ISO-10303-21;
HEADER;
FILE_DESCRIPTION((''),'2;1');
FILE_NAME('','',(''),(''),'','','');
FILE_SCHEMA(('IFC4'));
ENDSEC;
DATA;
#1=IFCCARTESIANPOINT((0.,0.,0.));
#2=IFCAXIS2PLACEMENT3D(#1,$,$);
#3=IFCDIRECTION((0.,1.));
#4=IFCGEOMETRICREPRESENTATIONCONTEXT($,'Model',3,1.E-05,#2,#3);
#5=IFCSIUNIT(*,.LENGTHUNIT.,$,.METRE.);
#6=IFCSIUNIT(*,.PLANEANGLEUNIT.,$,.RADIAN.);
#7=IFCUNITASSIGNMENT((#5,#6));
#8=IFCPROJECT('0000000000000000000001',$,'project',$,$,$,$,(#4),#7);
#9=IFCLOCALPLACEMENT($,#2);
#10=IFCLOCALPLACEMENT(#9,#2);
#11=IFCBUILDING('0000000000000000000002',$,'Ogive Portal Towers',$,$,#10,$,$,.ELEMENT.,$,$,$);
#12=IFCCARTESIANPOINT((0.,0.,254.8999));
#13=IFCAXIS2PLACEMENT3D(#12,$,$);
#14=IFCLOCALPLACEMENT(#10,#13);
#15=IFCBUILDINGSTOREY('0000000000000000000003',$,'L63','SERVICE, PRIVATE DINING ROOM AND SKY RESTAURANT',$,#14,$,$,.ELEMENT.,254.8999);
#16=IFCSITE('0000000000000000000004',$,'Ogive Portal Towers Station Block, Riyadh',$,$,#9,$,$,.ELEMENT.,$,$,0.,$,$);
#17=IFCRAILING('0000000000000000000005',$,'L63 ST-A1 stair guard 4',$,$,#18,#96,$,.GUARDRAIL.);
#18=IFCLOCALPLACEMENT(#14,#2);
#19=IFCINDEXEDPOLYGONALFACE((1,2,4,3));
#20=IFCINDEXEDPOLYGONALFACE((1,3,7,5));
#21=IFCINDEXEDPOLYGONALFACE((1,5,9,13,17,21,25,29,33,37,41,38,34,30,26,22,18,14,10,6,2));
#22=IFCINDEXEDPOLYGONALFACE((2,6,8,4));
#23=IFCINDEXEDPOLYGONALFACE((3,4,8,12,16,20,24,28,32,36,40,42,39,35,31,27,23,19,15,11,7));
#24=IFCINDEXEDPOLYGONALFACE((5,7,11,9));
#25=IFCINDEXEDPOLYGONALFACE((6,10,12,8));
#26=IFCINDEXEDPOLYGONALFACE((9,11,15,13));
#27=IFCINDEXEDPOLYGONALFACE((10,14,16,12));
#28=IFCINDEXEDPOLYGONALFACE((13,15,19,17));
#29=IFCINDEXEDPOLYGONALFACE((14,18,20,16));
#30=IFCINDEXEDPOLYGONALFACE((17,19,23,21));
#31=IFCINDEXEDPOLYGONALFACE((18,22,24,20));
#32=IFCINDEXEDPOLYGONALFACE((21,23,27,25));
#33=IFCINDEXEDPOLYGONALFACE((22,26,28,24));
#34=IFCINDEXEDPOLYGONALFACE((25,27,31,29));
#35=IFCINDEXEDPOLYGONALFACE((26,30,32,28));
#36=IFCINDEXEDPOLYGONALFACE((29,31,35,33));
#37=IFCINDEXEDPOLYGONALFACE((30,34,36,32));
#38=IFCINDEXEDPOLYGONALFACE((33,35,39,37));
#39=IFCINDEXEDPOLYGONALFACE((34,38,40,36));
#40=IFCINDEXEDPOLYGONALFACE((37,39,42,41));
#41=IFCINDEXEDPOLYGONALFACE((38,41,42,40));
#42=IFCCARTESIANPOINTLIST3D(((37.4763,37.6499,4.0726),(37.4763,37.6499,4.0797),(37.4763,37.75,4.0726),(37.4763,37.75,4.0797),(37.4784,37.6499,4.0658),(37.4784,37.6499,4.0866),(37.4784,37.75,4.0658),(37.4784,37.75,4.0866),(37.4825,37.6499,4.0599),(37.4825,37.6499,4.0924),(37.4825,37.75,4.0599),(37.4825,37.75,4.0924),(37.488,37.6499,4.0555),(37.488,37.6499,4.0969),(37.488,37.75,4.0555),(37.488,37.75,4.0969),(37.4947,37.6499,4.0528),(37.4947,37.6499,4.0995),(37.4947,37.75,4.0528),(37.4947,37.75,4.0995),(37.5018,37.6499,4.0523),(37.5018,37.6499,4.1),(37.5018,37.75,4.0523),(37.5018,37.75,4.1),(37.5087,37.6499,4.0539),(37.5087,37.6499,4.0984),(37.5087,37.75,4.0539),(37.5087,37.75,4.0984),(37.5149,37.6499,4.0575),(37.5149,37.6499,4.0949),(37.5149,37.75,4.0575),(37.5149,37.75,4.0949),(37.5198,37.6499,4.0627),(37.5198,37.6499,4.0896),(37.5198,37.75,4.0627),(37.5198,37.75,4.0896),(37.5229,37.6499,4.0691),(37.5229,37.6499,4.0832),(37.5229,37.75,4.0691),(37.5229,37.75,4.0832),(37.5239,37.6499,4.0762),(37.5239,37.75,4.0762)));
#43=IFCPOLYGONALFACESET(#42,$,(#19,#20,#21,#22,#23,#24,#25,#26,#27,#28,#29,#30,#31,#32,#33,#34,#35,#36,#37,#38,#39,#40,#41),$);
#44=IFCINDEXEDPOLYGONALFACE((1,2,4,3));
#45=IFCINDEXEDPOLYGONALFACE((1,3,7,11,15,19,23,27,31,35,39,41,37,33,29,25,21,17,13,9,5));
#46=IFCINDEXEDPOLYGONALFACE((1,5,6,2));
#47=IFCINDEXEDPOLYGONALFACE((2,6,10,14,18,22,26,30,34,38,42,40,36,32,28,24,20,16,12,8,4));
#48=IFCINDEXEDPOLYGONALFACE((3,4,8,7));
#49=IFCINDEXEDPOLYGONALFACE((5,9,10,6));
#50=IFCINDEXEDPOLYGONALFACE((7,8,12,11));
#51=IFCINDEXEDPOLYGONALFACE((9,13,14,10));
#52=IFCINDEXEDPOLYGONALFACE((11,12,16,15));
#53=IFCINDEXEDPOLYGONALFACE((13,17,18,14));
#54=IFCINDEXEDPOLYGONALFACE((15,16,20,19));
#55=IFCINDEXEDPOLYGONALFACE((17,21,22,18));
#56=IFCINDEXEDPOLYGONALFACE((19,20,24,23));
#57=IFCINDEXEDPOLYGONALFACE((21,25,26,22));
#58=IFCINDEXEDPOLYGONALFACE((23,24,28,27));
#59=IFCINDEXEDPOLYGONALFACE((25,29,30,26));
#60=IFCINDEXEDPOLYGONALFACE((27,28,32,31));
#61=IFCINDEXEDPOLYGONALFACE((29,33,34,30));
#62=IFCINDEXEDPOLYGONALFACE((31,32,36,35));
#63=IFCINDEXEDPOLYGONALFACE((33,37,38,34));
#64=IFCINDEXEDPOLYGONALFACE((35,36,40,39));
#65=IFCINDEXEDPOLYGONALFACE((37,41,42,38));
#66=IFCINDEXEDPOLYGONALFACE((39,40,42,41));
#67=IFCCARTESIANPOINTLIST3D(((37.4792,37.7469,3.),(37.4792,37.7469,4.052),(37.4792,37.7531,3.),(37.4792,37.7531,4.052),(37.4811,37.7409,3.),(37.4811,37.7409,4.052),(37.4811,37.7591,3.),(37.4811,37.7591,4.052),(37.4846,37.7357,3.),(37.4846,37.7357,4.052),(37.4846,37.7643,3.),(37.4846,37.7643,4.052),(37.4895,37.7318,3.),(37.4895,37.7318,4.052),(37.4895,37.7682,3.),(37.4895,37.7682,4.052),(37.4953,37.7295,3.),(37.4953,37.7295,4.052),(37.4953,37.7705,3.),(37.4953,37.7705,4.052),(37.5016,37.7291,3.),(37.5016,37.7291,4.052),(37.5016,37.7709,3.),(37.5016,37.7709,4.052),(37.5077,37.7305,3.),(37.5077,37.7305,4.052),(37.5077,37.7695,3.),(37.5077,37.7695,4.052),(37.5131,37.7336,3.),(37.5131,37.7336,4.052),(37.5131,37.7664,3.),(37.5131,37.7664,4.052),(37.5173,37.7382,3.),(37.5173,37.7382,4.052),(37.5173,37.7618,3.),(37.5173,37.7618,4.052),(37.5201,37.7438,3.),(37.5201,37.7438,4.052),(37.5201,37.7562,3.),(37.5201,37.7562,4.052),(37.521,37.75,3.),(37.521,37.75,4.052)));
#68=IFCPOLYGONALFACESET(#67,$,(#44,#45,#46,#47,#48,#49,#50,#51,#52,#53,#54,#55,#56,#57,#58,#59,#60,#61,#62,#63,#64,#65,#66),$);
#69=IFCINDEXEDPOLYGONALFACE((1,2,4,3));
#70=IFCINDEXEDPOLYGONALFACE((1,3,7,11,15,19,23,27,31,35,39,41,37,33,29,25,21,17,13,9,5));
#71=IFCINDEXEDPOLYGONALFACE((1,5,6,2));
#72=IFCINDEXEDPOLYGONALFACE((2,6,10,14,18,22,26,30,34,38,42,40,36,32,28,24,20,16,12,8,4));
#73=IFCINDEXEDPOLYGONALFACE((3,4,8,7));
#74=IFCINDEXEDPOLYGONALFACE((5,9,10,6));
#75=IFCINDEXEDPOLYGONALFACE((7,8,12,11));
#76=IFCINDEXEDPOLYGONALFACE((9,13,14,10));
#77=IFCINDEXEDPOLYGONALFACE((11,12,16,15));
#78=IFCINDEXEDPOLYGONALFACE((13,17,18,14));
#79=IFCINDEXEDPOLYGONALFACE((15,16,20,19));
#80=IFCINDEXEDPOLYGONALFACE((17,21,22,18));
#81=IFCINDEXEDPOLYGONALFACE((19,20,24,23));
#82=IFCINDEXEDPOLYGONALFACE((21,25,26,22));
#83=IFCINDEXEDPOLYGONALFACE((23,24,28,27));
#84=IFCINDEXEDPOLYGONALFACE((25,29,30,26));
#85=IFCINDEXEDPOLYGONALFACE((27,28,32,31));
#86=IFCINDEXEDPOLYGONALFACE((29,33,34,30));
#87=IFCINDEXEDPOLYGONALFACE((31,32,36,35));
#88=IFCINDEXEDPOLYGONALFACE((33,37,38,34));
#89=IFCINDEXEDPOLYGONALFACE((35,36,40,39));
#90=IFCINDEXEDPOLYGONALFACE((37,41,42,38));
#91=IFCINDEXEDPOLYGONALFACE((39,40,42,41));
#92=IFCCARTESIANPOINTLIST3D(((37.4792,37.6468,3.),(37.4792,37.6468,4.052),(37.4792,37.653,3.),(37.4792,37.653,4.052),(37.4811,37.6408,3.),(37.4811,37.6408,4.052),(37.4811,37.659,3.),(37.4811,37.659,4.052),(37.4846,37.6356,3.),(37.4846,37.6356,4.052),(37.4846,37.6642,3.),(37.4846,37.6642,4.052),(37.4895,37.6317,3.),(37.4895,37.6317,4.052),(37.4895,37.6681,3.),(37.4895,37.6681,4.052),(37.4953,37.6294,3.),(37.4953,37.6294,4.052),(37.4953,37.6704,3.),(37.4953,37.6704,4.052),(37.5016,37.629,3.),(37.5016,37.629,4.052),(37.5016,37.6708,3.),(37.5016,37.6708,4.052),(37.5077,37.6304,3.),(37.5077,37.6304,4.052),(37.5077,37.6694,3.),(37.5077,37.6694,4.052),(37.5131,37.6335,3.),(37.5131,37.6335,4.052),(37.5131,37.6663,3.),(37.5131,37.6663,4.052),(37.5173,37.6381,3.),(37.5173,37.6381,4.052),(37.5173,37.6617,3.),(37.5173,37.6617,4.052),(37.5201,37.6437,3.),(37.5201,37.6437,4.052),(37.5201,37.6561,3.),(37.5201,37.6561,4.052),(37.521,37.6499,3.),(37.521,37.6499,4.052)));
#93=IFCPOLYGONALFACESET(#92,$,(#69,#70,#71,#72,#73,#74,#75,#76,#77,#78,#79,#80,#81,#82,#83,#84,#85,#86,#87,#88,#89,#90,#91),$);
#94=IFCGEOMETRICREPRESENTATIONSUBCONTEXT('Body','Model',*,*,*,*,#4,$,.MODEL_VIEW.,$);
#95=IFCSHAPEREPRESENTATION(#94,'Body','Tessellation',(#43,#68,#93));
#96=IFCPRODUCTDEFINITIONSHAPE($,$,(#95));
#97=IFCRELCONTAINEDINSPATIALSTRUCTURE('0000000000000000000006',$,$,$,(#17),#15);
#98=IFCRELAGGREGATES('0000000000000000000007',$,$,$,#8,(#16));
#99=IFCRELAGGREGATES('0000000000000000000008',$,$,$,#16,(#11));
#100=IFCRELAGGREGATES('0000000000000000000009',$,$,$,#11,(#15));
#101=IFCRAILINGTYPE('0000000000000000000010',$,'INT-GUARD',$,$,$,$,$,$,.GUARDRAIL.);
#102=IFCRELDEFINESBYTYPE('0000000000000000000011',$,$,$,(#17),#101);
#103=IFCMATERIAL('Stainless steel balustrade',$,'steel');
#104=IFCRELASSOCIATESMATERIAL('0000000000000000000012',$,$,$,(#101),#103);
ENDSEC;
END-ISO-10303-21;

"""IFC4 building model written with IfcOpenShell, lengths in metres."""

from ifc_helpers import new_model, si_unit, direction, frame, origin, origin_2d, place, context, subcontext, project, spatial, circle, extrude, material, type_object, element, save


model = new_model("IFC4")

# Units and contexts
model_context = context("Model", 3, precision=1e-05, world=origin(), true_north=direction((0.0, 1.0)))
body_context = subcontext(model_context, "Body", "Model", "MODEL_VIEW")
ifc_project = project(units=[si_unit("LENGTHUNIT", "METRE"), si_unit("PLANEANGLEUNIT", "RADIAN")], contexts=[model_context])

# Site, building, storey
site_placement = place(None, origin())
site = spatial("IfcSite", under=ifc_project, at=site_placement, Name="Ogive Portal Towers Station Block, Riyadh", CompositionType="ELEMENT", RefElevation=0.0)
building_placement = place(site_placement, origin())
building = spatial("IfcBuilding", under=site, at=building_placement, Name="Ogive Portal Towers", CompositionType="ELEMENT")
storey_placement = place(building_placement, frame((0.0, 0.0, 254.8999)))
storey = spatial("IfcBuildingStorey", under=building, at=storey_placement, Name="L63", Description="SERVICE, PRIVATE DINING ROOM AND SKY RESTAURANT", CompositionType="ELEMENT", Elevation=254.8999)

# Railing
ifc_material_1 = material(Name="Stainless steel balustrade", Category="steel")
railing_type_1 = type_object("IfcRailingType", Name="INT-GUARD", PredefinedType="GUARDRAIL", material=ifc_material_1)
railing_1_placement = place(storey_placement, frame((37.5, 37.75, 3.0)))
element("IfcRailing", 1, at=railing_1_placement, inside=storey, type_object=railing_type_1, Name="L63 ST-A1 stair guard 4", PredefinedType="GUARDRAIL", context=body_context, shape_type="SweptSolid", body=[
    extrude(circle(Radius=0.0239, at=origin_2d()), frame((0.0, 0.0, 1.0762), z_axis=(0.0, -1.0, 0.0), x_axis=(1.0, 0.0, 0.0)), (0.0, 0.0, 1.0), 0.1001),
    extrude(circle(Radius=0.021, at=origin_2d()), origin(), (0.0, 0.0, 1.0), 1.052),
    extrude(circle(Radius=0.021, at=origin_2d()), frame((0.0, -0.1001, 0.0)), (0.0, 0.0, 1.0), 1.052),
])

save(model, "model.ifc")
